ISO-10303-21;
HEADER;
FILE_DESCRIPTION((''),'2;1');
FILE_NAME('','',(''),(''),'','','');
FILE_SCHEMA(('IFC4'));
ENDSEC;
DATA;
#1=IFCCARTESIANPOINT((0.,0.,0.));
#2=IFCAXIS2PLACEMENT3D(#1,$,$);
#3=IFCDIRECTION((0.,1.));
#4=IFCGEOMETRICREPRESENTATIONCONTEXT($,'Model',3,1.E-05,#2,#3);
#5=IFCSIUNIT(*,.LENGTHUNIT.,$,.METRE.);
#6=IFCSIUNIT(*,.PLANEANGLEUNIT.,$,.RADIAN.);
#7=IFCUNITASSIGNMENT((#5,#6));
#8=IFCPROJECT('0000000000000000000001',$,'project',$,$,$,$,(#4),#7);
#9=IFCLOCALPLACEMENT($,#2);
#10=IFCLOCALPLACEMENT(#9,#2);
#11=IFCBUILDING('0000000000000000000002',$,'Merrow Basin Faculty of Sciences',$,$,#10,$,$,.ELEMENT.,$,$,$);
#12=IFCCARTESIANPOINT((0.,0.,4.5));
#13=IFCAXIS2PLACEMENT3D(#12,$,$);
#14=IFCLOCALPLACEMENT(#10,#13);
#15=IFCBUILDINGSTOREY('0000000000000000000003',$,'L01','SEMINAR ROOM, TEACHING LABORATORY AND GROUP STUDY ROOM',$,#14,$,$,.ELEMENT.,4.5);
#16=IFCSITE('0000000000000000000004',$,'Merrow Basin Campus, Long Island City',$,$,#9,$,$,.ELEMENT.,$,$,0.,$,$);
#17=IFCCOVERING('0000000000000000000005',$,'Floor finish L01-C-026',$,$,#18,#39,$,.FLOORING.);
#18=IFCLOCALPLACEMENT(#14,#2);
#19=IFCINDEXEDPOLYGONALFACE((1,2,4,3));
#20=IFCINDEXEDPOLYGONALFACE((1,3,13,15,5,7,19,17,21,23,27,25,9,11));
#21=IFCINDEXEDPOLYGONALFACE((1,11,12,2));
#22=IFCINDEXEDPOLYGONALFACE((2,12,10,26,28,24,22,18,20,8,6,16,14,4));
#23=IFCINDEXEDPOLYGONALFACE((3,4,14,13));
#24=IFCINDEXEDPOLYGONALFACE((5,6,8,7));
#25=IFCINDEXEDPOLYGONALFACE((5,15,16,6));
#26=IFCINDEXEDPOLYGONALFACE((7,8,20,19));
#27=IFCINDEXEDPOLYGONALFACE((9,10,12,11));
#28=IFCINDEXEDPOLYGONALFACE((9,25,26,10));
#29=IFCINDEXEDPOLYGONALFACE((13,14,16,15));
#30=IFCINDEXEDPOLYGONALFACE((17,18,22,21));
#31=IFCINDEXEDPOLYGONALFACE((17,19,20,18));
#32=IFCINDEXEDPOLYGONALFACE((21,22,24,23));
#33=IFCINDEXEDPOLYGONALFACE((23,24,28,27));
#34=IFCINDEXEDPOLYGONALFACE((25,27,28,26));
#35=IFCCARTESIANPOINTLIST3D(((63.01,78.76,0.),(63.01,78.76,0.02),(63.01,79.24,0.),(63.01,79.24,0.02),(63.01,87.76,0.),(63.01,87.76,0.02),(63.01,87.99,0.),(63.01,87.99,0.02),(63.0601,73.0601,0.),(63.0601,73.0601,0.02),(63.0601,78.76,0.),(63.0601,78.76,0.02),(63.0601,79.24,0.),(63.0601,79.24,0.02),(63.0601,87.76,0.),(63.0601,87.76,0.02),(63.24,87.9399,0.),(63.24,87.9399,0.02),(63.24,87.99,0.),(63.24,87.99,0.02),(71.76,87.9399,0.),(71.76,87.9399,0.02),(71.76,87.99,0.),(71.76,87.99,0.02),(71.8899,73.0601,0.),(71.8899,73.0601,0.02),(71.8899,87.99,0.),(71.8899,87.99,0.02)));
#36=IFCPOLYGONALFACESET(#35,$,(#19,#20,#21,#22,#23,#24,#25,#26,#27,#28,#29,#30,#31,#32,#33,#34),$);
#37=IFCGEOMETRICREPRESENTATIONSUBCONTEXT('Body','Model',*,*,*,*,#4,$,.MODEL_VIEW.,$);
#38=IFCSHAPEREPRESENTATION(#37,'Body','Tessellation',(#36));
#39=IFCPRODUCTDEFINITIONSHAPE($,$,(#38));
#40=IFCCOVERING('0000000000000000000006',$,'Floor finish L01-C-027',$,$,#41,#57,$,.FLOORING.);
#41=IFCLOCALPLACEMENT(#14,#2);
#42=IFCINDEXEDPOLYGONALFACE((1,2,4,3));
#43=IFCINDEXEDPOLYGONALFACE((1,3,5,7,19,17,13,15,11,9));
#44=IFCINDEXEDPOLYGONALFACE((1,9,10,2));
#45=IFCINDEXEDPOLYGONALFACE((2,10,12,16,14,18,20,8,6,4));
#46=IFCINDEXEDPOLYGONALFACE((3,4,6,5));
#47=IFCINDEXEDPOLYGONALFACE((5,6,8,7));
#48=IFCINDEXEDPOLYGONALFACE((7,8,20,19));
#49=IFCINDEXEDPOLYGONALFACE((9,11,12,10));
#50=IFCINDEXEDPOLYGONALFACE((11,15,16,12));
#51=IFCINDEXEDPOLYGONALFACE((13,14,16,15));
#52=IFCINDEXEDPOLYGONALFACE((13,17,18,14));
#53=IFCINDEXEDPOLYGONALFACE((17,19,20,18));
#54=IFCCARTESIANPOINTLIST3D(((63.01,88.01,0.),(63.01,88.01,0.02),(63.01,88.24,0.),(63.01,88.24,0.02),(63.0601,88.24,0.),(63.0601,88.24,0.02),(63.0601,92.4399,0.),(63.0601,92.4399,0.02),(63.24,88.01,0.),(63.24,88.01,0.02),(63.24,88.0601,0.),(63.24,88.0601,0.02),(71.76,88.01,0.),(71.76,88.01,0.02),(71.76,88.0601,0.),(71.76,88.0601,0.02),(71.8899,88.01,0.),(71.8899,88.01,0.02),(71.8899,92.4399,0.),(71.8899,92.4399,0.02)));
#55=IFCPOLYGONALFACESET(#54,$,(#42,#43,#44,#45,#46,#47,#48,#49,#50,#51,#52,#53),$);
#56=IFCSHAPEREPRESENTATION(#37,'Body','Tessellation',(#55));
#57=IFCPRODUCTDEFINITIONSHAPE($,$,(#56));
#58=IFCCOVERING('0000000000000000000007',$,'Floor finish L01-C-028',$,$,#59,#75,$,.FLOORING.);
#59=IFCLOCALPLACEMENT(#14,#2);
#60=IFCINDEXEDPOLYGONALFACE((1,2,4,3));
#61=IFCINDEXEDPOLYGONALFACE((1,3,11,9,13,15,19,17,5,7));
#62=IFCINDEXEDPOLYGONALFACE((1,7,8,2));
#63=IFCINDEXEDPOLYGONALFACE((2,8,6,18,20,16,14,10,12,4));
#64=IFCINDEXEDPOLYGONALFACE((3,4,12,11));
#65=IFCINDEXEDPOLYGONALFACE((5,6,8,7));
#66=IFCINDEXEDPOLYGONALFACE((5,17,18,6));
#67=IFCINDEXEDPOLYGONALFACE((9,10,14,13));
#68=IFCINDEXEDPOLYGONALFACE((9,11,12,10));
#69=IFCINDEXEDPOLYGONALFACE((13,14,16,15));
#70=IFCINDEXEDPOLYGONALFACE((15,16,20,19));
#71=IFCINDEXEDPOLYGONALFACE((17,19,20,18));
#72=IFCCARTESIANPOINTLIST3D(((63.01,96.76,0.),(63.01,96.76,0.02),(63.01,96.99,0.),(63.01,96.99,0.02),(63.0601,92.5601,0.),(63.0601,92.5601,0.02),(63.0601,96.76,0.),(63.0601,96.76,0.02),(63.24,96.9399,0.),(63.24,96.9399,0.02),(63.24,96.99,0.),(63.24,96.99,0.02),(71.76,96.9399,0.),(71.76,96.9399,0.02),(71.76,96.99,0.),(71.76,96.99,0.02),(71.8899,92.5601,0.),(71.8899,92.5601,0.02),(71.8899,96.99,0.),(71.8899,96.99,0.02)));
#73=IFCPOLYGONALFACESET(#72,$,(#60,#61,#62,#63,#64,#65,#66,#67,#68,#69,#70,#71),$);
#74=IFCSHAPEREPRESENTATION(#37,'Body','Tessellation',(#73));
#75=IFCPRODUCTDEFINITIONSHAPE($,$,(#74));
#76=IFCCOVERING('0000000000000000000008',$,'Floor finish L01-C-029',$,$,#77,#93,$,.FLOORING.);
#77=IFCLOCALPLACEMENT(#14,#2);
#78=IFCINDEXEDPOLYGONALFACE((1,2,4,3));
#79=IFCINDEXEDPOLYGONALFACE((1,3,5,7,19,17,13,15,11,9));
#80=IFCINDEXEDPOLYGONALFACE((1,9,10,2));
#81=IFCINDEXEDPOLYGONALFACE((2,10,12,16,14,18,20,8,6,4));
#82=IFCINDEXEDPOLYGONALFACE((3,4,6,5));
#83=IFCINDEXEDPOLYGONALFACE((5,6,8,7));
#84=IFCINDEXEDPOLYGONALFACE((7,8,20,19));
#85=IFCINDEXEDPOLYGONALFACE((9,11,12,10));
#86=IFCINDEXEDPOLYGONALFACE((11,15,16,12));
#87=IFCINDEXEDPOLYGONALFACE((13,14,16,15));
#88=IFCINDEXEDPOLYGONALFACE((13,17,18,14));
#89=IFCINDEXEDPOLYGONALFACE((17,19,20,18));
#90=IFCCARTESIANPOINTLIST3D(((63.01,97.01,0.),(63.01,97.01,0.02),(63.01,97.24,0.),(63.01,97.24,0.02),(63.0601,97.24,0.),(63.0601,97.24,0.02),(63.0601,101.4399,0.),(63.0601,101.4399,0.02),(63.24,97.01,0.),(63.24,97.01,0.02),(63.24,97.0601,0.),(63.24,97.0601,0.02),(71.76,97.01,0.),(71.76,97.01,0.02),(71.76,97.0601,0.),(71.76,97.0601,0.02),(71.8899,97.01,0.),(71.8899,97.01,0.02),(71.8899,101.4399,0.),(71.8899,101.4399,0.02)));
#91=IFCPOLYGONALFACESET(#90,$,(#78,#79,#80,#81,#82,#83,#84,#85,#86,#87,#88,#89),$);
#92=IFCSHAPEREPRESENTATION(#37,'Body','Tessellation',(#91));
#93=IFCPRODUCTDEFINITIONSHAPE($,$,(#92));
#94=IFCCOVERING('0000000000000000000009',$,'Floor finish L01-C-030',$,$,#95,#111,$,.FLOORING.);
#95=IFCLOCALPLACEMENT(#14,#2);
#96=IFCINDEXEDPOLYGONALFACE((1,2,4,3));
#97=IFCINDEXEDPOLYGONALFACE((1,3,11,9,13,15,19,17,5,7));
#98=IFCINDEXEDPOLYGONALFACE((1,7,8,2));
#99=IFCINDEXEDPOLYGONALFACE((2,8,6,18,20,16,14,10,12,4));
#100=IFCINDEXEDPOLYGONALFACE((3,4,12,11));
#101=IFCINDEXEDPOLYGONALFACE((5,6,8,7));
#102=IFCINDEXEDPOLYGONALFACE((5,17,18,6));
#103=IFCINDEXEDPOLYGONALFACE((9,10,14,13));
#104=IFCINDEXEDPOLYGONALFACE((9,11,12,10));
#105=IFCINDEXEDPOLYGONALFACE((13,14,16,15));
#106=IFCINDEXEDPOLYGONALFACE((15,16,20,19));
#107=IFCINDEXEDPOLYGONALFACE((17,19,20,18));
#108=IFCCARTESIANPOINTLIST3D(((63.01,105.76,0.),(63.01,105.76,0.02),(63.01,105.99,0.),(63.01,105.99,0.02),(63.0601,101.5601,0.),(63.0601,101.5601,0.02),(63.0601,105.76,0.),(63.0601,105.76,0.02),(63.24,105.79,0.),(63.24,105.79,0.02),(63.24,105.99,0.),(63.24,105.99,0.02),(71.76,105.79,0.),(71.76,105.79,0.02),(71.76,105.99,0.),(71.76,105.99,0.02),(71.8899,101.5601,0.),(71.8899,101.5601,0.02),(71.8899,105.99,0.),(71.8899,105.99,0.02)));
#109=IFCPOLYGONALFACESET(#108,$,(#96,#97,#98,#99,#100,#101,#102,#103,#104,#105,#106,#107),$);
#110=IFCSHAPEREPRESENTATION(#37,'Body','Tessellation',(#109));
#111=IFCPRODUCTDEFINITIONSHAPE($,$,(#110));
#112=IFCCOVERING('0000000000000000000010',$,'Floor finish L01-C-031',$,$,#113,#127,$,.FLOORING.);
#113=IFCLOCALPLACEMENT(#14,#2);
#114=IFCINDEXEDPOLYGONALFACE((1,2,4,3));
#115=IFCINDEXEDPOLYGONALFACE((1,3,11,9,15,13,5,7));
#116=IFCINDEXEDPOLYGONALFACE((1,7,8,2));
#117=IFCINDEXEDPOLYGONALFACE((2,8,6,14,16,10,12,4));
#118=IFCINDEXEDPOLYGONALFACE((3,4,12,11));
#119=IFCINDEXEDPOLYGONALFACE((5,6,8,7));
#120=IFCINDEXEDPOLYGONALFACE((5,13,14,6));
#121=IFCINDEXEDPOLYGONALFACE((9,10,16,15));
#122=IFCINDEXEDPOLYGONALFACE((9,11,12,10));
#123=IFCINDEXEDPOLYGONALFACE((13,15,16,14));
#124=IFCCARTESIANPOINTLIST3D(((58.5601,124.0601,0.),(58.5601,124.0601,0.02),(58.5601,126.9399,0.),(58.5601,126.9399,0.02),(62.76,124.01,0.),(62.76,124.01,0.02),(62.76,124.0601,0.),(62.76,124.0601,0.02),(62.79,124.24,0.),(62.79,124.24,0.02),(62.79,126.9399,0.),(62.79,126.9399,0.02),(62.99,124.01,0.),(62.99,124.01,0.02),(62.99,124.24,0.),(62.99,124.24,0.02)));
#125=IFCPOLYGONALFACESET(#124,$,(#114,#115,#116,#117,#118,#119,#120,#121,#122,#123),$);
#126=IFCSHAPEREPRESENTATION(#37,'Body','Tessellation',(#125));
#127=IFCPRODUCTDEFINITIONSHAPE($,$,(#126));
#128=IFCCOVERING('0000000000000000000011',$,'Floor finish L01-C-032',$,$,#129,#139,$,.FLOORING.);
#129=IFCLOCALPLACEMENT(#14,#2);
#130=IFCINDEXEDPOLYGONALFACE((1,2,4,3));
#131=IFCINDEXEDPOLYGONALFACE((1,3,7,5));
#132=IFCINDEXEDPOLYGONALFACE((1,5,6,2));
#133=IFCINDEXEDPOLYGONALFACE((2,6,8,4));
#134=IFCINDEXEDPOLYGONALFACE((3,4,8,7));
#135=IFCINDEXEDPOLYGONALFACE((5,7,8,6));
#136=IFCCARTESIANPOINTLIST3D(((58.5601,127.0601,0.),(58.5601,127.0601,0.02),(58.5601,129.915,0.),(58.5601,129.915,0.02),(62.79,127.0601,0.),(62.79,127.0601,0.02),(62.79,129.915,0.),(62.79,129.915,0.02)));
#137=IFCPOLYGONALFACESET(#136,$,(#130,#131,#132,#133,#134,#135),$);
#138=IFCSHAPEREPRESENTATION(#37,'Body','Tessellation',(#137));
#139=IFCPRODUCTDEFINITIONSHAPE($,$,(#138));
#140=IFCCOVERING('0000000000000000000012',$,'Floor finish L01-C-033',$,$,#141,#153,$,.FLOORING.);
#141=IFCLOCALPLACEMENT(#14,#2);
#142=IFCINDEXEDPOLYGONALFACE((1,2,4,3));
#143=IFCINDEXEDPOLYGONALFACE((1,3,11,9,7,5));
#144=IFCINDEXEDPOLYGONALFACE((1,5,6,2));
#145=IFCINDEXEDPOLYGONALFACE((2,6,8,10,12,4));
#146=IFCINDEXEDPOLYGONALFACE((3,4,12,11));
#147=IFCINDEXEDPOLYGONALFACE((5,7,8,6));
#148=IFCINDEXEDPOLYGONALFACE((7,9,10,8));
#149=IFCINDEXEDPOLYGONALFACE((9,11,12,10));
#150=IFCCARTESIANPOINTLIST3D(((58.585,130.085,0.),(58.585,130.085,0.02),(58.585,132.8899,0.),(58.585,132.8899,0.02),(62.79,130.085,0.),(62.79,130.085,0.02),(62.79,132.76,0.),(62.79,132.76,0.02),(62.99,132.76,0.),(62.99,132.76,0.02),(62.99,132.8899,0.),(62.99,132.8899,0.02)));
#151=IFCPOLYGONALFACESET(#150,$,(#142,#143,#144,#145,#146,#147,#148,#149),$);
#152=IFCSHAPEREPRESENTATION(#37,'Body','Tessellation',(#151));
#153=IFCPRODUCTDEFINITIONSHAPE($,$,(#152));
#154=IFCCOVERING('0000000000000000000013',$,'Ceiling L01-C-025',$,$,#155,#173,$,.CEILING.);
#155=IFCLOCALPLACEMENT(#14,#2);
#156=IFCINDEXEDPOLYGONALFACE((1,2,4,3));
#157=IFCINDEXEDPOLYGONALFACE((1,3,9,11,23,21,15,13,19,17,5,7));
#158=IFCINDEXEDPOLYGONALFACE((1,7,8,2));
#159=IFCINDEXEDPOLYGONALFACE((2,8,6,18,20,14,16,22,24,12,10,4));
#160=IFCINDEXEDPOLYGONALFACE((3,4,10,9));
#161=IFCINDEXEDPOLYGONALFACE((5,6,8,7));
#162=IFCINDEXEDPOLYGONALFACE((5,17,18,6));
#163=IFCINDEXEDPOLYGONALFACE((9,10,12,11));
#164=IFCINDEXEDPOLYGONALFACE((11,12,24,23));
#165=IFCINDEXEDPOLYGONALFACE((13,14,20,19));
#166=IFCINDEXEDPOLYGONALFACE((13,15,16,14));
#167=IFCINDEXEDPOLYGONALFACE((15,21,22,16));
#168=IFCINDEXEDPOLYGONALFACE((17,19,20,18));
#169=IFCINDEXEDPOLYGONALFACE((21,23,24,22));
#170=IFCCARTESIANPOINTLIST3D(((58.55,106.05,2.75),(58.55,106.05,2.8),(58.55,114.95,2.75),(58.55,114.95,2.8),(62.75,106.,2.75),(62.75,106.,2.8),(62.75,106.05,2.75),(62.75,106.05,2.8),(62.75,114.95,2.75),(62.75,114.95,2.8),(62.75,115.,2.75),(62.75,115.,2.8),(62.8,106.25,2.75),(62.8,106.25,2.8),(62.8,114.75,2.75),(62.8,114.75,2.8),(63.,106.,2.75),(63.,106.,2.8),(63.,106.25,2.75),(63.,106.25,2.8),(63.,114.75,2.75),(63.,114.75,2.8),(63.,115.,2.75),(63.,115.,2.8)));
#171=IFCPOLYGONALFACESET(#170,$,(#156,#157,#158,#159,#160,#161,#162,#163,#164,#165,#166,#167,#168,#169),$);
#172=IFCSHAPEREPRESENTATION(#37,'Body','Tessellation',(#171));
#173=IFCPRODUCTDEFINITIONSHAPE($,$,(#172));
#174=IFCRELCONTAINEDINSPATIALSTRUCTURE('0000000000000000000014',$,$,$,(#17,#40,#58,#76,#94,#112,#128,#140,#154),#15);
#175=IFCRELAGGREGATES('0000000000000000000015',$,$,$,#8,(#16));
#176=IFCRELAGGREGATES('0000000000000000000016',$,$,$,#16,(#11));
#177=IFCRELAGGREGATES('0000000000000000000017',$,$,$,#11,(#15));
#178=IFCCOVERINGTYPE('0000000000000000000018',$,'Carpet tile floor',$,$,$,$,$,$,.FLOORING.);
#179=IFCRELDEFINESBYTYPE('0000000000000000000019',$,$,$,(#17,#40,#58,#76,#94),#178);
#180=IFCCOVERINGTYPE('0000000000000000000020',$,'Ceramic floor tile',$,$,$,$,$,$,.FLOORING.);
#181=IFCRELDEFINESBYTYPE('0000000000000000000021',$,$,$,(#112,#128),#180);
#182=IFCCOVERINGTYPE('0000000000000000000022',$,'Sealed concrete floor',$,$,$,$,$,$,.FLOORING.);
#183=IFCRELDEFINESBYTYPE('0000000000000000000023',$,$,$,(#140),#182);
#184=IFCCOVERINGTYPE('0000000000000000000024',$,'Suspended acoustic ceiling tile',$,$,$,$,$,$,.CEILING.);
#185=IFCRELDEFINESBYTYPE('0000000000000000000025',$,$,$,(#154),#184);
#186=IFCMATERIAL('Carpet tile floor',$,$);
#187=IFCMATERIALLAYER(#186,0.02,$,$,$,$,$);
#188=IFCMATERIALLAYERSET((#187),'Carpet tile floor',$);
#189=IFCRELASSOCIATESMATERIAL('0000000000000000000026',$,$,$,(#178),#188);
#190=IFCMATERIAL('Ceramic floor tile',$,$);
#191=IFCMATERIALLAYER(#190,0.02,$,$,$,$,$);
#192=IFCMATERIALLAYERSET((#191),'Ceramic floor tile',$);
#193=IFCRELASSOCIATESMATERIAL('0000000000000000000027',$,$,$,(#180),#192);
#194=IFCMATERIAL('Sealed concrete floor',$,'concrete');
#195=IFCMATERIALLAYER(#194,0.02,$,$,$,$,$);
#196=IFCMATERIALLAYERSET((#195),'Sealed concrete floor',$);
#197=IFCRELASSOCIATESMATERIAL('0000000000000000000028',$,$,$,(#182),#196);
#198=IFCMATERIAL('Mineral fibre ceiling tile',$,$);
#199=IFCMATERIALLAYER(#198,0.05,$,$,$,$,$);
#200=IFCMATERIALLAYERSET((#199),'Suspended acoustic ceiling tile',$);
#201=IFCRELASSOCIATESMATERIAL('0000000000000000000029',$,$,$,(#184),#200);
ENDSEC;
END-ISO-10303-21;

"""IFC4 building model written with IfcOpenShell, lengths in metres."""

from ifc_helpers import new_model, si_unit, direction, frame, origin, place, context, subcontext, project, spatial, polyline, outline, extrude, material, layer, layer_set, type_object, element, save


model = new_model("IFC4")

# Units and contexts
model_context = context("Model", 3, precision=1e-05, world=origin(), true_north=direction((0.0, 1.0)))
body_context = subcontext(model_context, "Body", "Model", "MODEL_VIEW")
ifc_project = project(units=[si_unit("LENGTHUNIT", "METRE"), si_unit("PLANEANGLEUNIT", "RADIAN")], contexts=[model_context])

# Site, building, storey
site_placement = place(None, origin())
site = spatial("IfcSite", under=ifc_project, at=site_placement, Name="Merrow Basin Campus, Long Island City", CompositionType="ELEMENT", RefElevation=0.0)
building_placement = place(site_placement, origin())
building = spatial("IfcBuilding", under=site, at=building_placement, Name="Merrow Basin Faculty of Sciences", CompositionType="ELEMENT")
storey_placement = place(building_placement, frame((0.0, 0.0, 4.5)))
storey = spatial("IfcBuildingStorey", under=building, at=storey_placement, Name="L01", Description="SEMINAR ROOM, TEACHING LABORATORY AND GROUP STUDY ROOM", CompositionType="ELEMENT", Elevation=4.5)

# Coverings
ifc_material_1 = material(Name="Carpet tile floor")
ifc_layer_1 = layer(ifc_material_1, 0.02)
ifc_layer_set_1 = layer_set([ifc_layer_1], Name="Carpet tile floor")
covering_type_1 = type_object("IfcCoveringType", Name="Carpet tile floor", PredefinedType="FLOORING", material=ifc_layer_set_1)
covering_1_placement = place(storey_placement, origin())
element("IfcCovering", 1, at=covering_1_placement, inside=storey, type_object=covering_type_1, Name="Floor finish L01-C-026", PredefinedType="FLOORING", context=body_context, shape_type="SweptSolid", body=[
    extrude(outline(polyline([(63.01, 79.24), (63.0601, 79.24), (63.0601, 87.76), (63.01, 87.76), (63.01, 87.99), (63.24, 87.99), (63.24, 87.9399), (71.76, 87.9399), (71.76, 87.99), (71.8899, 87.99), (71.8899, 73.0601), (63.0601, 73.0601), (63.0601, 78.76), (63.01, 78.76), (63.01, 79.24)])), origin(), (0.0, 0.0, 1.0), 0.02),
])
covering_2_placement = place(storey_placement, origin())
element("IfcCovering", 2, at=covering_2_placement, inside=storey, type_object=covering_type_1, Name="Floor finish L01-C-027", PredefinedType="FLOORING", context=body_context, shape_type="SweptSolid", body=[
    extrude(outline(polyline([(63.01, 88.24), (63.0601, 88.24), (63.0601, 92.4399), (71.8899, 92.4399), (71.8899, 88.01), (71.76, 88.01), (71.76, 88.0601), (63.24, 88.0601), (63.24, 88.01), (63.01, 88.01), (63.01, 88.24)])), origin(), (0.0, 0.0, 1.0), 0.02),
])
covering_3_placement = place(storey_placement, origin())
element("IfcCovering", 3, at=covering_3_placement, inside=storey, type_object=covering_type_1, Name="Floor finish L01-C-028", PredefinedType="FLOORING", context=body_context, shape_type="SweptSolid", body=[
    extrude(outline(polyline([(63.01, 96.99), (63.24, 96.99), (63.24, 96.9399), (71.76, 96.9399), (71.76, 96.99), (71.8899, 96.99), (71.8899, 92.5601), (63.0601, 92.5601), (63.0601, 96.76), (63.01, 96.76), (63.01, 96.99)])), origin(), (0.0, 0.0, 1.0), 0.02),
])
covering_4_placement = place(storey_placement, origin())
element("IfcCovering", 4, at=covering_4_placement, inside=storey, type_object=covering_type_1, Name="Floor finish L01-C-029", PredefinedType="FLOORING", context=body_context, shape_type="SweptSolid", body=[
    extrude(outline(polyline([(63.01, 97.24), (63.0601, 97.24), (63.0601, 101.4399), (71.8899, 101.4399), (71.8899, 97.01), (71.76, 97.01), (71.76, 97.0601), (63.24, 97.0601), (63.24, 97.01), (63.01, 97.01), (63.01, 97.24)])), origin(), (0.0, 0.0, 1.0), 0.02),
])
covering_5_placement = place(storey_placement, origin())
element("IfcCovering", 5, at=covering_5_placement, inside=storey, type_object=covering_type_1, Name="Floor finish L01-C-030", PredefinedType="FLOORING", context=body_context, shape_type="SweptSolid", body=[
    extrude(outline(polyline([(63.01, 105.99), (63.24, 105.99), (63.24, 105.79), (71.76, 105.79), (71.76, 105.99), (71.8899, 105.99), (71.8899, 101.5601), (63.0601, 101.5601), (63.0601, 105.76), (63.01, 105.76), (63.01, 105.99)])), origin(), (0.0, 0.0, 1.0), 0.02),
])
ifc_material_2 = material(Name="Ceramic floor tile")
ifc_layer_2 = layer(ifc_material_2, 0.02)
ifc_layer_set_2 = layer_set([ifc_layer_2], Name="Ceramic floor tile")
covering_type_2 = type_object("IfcCoveringType", Name="Ceramic floor tile", PredefinedType="FLOORING", material=ifc_layer_set_2)
covering_6_placement = place(storey_placement, origin())
element("IfcCovering", 6, at=covering_6_placement, inside=storey, type_object=covering_type_2, Name="Floor finish L01-C-031", PredefinedType="FLOORING", context=body_context, shape_type="SweptSolid", body=[
    extrude(outline(polyline([(62.99, 124.01), (62.76, 124.01), (62.76, 124.0601), (58.5601, 124.0601), (58.5601, 126.9399), (62.79, 126.9399), (62.79, 124.24), (62.99, 124.24), (62.99, 124.01)])), origin(), (0.0, 0.0, 1.0), 0.02),
])
covering_7_placement = place(storey_placement, origin())
element("IfcCovering", 7, at=covering_7_placement, inside=storey, type_object=covering_type_2, Name="Floor finish L01-C-032", PredefinedType="FLOORING", context=body_context, shape_type="SweptSolid", body=[
    extrude(outline(polyline([(62.79, 127.0601), (58.5601, 127.0601), (58.5601, 129.915), (62.79, 129.915), (62.79, 127.0601)])), origin(), (0.0, 0.0, 1.0), 0.02),
])
ifc_material_3 = material(Name="Sealed concrete floor", Category="concrete")
ifc_layer_3 = layer(ifc_material_3, 0.02)
ifc_layer_set_3 = layer_set([ifc_layer_3], Name="Sealed concrete floor")
covering_type_3 = type_object("IfcCoveringType", Name="Sealed concrete floor", PredefinedType="FLOORING", material=ifc_layer_set_3)
covering_8_placement = place(storey_placement, origin())
element("IfcCovering", 8, at=covering_8_placement, inside=storey, type_object=covering_type_3, Name="Floor finish L01-C-033", PredefinedType="FLOORING", context=body_context, shape_type="SweptSolid", body=[
    extrude(outline(polyline([(62.99, 132.8899), (62.99, 132.76), (62.79, 132.76), (62.79, 130.085), (58.585, 130.085), (58.585, 132.8899), (62.99, 132.8899)])), origin(), (0.0, 0.0, 1.0), 0.02),
])
ifc_material_4 = material(Name="Mineral fibre ceiling tile")
ifc_layer_4 = layer(ifc_material_4, 0.05)
ifc_layer_set_4 = layer_set([ifc_layer_4], Name="Suspended acoustic ceiling tile")
covering_type_4 = type_object("IfcCoveringType", Name="Suspended acoustic ceiling tile", PredefinedType="CEILING", material=ifc_layer_set_4)
covering_9_placement = place(storey_placement, frame((0.0, 0.0, 2.75)))
element("IfcCovering", 9, at=covering_9_placement, inside=storey, type_object=covering_type_4, Name="Ceiling L01-C-025", PredefinedType="CEILING", context=body_context, shape_type="SweptSolid", body=[
    extrude(outline(polyline([(63.0, 115.0), (63.0, 114.75), (62.8, 114.75), (62.8, 106.25), (63.0, 106.25), (63.0, 106.0), (62.75, 106.0), (62.75, 106.05), (58.55, 106.05), (58.55, 114.95), (62.75, 114.95), (62.75, 115.0), (63.0, 115.0)])), origin(), (0.0, 0.0, 1.0), 0.05),
])

save(model, "model.ifc")
